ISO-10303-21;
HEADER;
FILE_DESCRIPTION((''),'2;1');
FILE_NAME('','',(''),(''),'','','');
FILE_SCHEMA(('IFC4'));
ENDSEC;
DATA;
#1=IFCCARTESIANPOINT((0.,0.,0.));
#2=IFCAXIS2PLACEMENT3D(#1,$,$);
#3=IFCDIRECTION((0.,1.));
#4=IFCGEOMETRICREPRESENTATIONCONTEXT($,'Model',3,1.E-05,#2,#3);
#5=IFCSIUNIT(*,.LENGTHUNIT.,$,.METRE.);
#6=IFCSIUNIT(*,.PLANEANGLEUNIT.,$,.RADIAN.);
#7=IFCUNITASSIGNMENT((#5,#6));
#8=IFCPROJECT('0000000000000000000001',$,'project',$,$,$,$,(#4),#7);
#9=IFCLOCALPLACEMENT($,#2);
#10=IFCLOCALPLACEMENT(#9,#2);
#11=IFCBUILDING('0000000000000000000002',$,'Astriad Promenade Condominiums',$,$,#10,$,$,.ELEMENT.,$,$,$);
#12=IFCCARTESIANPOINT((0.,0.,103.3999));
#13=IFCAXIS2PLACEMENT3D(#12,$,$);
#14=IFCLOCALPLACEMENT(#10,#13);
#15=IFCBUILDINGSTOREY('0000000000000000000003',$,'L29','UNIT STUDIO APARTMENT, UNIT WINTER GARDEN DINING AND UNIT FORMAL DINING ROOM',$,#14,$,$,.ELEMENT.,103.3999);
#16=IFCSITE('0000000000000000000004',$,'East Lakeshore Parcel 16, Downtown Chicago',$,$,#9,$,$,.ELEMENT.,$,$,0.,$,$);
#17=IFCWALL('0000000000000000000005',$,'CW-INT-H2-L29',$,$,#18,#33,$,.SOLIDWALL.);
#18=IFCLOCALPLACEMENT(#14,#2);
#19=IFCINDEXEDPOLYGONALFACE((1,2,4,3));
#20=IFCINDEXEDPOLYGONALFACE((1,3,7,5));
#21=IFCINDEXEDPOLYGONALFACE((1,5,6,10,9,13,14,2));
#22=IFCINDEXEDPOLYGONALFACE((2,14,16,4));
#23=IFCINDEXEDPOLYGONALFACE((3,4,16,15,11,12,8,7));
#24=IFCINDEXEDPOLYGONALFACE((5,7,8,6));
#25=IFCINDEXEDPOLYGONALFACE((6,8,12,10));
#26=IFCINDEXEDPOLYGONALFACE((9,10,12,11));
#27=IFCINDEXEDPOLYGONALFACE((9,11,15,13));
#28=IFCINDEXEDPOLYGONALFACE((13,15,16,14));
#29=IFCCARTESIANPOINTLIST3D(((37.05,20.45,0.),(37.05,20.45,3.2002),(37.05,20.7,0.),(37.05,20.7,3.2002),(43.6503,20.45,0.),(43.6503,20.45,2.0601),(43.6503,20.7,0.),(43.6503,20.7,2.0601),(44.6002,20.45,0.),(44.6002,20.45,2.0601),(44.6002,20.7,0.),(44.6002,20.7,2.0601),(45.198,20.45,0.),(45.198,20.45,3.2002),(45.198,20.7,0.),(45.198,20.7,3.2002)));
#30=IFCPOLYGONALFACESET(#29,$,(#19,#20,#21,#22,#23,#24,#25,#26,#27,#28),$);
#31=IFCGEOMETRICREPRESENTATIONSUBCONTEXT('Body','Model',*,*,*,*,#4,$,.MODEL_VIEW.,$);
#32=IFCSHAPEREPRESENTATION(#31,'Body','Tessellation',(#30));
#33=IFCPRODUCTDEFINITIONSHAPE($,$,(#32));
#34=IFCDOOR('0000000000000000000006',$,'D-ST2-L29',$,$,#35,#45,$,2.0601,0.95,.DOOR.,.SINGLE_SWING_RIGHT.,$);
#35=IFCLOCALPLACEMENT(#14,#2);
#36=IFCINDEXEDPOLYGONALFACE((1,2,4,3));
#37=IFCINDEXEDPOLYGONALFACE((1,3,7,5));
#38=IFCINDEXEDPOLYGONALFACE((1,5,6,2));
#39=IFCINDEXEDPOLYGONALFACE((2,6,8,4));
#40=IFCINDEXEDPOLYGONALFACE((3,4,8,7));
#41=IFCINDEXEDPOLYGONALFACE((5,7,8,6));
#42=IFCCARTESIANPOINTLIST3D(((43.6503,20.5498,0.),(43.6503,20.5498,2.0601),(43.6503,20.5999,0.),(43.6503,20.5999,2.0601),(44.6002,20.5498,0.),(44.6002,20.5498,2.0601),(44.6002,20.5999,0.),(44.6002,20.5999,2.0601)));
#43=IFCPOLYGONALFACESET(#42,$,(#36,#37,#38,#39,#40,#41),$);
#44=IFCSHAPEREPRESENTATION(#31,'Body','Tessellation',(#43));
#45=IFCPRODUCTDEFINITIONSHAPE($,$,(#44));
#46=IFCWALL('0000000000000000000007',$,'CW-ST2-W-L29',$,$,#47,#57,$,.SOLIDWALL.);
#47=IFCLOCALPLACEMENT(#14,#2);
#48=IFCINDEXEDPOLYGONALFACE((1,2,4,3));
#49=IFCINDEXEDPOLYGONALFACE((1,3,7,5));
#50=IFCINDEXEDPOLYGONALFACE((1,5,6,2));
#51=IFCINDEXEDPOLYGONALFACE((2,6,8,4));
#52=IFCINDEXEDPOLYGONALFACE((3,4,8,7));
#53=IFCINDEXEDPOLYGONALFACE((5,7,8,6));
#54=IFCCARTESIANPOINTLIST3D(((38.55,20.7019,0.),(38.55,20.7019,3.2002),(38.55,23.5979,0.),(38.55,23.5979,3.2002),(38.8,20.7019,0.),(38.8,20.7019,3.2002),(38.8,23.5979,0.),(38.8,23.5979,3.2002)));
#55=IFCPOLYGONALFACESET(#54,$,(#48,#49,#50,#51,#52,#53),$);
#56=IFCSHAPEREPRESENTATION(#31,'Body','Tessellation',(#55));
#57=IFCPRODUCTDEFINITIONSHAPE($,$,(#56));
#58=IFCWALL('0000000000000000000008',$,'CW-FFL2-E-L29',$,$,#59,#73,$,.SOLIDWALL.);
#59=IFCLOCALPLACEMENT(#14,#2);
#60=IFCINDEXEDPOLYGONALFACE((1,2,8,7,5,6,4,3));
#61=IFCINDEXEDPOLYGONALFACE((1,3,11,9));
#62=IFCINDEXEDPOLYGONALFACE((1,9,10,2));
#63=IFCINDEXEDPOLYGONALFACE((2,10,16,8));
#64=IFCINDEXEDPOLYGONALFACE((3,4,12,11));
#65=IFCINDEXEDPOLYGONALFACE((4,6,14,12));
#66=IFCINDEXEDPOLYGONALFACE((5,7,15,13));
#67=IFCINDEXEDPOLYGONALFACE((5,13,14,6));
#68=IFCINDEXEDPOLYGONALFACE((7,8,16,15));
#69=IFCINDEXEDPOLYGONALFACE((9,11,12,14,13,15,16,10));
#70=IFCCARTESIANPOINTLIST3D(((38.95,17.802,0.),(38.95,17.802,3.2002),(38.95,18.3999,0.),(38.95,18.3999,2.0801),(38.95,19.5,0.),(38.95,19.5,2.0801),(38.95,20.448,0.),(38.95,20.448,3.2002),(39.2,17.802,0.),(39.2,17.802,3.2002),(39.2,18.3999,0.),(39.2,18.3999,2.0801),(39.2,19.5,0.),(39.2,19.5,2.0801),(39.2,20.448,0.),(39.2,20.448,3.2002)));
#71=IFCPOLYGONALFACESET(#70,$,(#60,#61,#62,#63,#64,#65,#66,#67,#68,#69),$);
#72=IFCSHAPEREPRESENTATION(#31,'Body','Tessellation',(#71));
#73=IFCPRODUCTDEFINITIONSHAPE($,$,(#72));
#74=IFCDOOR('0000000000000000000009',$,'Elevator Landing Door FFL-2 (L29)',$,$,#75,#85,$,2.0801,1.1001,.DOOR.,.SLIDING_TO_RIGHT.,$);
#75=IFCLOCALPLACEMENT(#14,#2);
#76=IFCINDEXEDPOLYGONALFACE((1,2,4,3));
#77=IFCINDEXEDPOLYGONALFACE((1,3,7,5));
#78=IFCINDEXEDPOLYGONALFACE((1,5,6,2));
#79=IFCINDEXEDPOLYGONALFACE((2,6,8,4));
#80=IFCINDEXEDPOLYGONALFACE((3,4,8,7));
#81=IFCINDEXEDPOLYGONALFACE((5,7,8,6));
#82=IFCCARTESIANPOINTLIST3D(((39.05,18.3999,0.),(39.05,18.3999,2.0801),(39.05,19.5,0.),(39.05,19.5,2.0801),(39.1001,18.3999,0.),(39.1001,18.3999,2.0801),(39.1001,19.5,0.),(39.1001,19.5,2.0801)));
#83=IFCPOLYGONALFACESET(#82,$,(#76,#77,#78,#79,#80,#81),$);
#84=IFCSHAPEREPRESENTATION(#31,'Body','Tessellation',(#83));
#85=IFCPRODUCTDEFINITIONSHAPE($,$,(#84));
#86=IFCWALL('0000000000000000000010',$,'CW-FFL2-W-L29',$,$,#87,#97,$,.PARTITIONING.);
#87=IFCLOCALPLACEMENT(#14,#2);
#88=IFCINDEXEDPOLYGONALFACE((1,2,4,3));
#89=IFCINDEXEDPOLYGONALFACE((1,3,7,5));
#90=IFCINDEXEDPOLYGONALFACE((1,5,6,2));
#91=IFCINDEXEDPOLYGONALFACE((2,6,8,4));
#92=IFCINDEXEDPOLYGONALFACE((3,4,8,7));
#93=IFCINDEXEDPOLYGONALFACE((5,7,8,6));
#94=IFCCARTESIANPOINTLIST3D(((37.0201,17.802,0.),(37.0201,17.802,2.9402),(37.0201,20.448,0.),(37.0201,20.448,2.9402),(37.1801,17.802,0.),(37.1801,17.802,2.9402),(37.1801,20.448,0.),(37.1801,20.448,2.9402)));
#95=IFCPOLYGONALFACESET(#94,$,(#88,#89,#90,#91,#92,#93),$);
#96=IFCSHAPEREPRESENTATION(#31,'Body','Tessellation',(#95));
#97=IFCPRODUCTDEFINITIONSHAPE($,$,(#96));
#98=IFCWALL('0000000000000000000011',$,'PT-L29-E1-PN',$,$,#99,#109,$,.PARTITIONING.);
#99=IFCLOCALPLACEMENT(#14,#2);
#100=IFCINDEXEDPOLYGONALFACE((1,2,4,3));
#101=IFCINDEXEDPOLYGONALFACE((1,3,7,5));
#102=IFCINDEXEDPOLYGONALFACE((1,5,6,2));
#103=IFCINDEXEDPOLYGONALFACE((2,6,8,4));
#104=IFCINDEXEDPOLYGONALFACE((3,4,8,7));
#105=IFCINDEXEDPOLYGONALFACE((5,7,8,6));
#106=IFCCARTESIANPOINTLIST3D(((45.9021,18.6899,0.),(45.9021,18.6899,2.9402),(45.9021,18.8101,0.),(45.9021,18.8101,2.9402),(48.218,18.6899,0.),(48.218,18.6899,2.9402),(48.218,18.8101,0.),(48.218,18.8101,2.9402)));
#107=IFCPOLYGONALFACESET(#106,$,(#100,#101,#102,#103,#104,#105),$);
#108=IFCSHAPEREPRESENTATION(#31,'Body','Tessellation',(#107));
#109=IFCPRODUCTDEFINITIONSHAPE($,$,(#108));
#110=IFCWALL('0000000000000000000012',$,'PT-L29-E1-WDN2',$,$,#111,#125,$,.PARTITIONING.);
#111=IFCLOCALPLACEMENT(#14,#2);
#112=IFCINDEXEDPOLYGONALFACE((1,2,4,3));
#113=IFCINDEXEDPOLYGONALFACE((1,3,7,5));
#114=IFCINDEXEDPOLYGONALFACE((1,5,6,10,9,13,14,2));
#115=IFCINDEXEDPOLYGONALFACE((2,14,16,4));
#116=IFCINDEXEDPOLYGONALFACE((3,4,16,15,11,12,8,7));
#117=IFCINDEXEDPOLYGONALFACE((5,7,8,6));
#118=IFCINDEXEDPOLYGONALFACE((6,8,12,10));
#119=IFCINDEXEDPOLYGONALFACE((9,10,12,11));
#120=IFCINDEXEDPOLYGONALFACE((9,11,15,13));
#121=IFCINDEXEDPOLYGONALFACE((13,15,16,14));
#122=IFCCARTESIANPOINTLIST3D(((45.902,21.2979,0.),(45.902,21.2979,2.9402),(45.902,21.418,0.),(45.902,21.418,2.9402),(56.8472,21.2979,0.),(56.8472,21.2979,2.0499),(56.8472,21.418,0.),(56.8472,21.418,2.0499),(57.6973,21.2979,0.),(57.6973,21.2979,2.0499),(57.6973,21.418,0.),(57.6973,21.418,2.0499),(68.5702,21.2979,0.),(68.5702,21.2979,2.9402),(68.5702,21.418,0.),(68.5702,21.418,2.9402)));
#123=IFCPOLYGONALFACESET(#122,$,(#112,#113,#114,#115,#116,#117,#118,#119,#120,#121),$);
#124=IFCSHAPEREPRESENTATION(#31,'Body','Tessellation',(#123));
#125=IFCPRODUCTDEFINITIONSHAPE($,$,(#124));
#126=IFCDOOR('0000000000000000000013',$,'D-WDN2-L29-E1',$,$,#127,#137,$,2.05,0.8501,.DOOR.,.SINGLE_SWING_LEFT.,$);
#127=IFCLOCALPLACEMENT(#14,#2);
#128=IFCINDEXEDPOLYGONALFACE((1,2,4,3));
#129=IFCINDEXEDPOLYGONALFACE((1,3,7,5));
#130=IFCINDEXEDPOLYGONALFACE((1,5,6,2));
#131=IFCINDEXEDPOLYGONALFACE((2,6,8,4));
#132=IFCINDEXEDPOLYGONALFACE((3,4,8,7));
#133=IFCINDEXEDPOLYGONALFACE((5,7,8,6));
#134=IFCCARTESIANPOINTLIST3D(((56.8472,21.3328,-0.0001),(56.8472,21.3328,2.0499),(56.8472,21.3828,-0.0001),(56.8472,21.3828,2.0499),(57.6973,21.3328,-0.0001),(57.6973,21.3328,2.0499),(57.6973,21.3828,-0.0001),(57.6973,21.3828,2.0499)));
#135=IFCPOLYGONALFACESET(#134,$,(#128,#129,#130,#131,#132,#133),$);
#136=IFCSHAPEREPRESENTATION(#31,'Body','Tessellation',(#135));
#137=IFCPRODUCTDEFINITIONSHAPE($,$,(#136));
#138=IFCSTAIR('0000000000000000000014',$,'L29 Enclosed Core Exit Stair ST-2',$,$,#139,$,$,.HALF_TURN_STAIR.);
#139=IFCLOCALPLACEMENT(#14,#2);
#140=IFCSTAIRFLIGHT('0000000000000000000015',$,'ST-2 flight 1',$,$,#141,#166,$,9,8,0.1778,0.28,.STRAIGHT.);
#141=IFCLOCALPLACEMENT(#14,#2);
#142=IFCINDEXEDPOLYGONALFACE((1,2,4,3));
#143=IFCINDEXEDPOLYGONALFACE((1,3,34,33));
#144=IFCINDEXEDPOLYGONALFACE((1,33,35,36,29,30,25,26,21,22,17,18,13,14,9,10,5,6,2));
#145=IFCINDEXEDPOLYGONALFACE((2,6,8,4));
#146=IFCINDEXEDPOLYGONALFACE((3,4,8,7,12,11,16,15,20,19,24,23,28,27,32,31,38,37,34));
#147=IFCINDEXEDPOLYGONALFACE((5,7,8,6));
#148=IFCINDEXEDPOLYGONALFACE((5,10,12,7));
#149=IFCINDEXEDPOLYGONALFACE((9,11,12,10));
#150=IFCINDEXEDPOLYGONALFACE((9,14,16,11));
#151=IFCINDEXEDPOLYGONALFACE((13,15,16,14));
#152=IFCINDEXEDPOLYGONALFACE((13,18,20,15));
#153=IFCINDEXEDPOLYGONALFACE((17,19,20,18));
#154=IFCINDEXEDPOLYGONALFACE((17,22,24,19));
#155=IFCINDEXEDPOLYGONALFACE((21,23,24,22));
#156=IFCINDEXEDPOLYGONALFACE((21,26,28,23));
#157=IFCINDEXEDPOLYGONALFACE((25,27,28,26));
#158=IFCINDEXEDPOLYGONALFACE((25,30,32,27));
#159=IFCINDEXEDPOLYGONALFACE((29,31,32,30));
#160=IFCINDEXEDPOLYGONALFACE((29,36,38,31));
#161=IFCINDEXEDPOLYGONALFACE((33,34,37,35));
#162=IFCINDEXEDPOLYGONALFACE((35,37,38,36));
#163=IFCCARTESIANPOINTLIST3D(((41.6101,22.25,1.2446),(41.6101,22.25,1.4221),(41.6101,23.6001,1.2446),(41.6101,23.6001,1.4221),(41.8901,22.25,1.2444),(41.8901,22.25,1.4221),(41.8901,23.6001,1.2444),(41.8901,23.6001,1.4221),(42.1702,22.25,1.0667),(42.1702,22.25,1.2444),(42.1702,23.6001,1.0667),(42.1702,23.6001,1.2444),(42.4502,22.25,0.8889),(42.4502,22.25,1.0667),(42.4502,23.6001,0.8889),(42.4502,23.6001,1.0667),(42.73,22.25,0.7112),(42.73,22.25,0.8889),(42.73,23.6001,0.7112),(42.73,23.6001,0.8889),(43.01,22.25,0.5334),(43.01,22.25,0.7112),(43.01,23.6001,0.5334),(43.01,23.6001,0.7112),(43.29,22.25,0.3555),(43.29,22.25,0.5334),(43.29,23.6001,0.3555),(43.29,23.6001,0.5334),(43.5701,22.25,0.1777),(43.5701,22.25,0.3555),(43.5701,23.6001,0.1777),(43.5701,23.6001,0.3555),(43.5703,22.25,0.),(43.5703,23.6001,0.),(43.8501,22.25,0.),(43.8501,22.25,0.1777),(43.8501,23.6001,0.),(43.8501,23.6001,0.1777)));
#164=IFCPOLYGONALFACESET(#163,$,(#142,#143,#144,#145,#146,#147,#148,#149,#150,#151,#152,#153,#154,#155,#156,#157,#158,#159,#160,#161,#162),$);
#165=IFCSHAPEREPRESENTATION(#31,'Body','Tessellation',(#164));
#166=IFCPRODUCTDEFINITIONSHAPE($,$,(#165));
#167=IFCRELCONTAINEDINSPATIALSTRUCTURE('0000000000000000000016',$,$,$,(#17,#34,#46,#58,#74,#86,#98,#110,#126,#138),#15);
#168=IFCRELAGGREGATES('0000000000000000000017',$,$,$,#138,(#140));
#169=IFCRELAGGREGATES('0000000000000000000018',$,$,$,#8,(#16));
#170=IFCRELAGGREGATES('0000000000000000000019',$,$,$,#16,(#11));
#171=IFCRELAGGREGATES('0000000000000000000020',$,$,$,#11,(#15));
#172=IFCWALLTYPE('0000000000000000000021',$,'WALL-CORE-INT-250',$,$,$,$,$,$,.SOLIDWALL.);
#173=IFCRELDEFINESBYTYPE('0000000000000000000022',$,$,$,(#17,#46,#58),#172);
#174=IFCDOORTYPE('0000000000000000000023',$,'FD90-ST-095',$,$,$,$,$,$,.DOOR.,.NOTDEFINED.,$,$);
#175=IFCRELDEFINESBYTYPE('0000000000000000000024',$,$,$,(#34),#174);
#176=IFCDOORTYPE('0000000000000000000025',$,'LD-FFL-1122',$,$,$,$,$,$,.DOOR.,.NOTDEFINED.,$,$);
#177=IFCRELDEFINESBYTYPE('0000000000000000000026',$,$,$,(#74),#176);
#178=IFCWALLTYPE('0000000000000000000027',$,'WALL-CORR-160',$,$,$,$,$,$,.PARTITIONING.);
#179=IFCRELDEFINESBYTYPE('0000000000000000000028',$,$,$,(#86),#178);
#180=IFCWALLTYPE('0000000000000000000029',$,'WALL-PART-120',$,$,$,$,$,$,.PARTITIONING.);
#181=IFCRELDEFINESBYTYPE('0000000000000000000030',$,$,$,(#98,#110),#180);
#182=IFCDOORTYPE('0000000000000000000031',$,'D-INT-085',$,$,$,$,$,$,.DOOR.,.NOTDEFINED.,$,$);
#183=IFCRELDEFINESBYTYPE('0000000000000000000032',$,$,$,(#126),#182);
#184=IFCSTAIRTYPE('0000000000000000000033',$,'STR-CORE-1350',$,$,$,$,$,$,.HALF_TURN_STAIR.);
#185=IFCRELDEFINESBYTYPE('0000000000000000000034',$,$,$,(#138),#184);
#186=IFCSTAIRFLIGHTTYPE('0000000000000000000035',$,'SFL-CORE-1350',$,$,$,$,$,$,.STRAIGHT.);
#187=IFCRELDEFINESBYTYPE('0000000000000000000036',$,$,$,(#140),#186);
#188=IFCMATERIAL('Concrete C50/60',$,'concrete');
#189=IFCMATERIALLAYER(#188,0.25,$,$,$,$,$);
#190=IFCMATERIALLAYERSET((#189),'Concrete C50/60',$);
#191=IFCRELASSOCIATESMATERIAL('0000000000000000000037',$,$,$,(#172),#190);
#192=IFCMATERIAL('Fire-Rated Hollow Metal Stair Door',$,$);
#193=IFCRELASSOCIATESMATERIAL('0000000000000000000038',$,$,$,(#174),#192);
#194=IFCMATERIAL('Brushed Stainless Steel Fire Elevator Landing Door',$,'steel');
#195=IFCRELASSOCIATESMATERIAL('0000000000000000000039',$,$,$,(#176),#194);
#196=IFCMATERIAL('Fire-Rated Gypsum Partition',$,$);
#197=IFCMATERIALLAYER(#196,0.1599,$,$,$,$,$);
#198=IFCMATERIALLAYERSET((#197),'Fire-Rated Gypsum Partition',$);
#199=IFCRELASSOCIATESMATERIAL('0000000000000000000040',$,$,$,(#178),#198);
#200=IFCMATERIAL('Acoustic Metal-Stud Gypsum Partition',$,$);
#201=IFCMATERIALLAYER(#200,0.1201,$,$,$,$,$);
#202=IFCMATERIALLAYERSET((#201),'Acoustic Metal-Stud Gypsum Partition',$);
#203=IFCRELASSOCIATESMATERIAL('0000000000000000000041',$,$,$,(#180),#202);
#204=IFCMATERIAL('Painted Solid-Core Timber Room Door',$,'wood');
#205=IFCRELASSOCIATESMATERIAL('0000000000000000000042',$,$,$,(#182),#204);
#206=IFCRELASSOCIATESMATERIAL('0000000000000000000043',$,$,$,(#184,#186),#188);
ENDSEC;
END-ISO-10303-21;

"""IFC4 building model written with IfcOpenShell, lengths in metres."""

from ifc_helpers import new_model, si_unit, direction, frame, frame_2d, origin, place, context, subcontext, project, spatial, polyline, rectangle, outline, extrude, source, transform, mapped, material, layer, layer_set, type_object, type_shapes, element, fill, aggregate, save


model = new_model("IFC4")

# Units and contexts
model_context = context("Model", 3, precision=1e-05, world=origin(), true_north=direction((0.0, 1.0)))
body_context = subcontext(model_context, "Body", "Model", "MODEL_VIEW")
ifc_project = project(units=[si_unit("LENGTHUNIT", "METRE"), si_unit("PLANEANGLEUNIT", "RADIAN")], contexts=[model_context])

# Site, building, storey
site_placement = place(None, origin())
site = spatial("IfcSite", under=ifc_project, at=site_placement, Name="East Lakeshore Parcel 16, Downtown Chicago", CompositionType="ELEMENT", RefElevation=0.0)
building_placement = place(site_placement, origin())
building = spatial("IfcBuilding", under=site, at=building_placement, Name="Astriad Promenade Condominiums", CompositionType="ELEMENT")
storey_placement = place(building_placement, frame((0.0, 0.0, 103.3999)))
storey = spatial("IfcBuildingStorey", under=building, at=storey_placement, Name="L29", Description="UNIT STUDIO APARTMENT, UNIT WINTER GARDEN DINING AND UNIT FORMAL DINING ROOM", CompositionType="ELEMENT", Elevation=103.3999)

# Wall, opening, door
ifc_material_1 = material(Name="Concrete C50/60", Category="concrete")
ifc_layer_1 = layer(ifc_material_1, 0.25)
ifc_layer_set_1 = layer_set([ifc_layer_1], Name="Concrete C50/60")
wall_type_1 = type_object("IfcWallType", Name="WALL-CORE-INT-250", PredefinedType="SOLIDWALL", material=ifc_layer_set_1)
wall_1_placement = place(storey_placement, frame((37.05, 20.575, 0.0), z_axis=(0.0, 0.0, 1.0), x_axis=(1.0, 0.0, 0.0)))
wall_1 = element("IfcWall", 1, at=wall_1_placement, inside=storey, type_object=wall_type_1, Name="CW-INT-H2-L29", PredefinedType="SOLIDWALL", context=body_context, shape_type="SweptSolid", body=[
    extrude(rectangle(XDim=8.1479, YDim=0.25, at=frame_2d((4.074, 0.0))), origin(), (0.0, 0.0, 1.0), 3.2002),
])
opening_1_placement = place(wall_1_placement, frame((6.6001, 0.0, 0.0)))
opening_1 = element("IfcOpeningElement", 2, at=opening_1_placement, cuts=wall_1, PredefinedType="OPENING", context=body_context, shape_type="SweptSolid", body=[
    extrude(rectangle(XDim=0.95, YDim=2.0601, at=frame_2d((0.4751, 1.03))), frame((0.0, 0.135, 0.0), z_axis=(0.0, -1.0, 0.0), x_axis=(1.0, 0.0, 0.0)), (0.0, 0.0, 1.0), 0.27),
])
ifc_material_2 = material(Name="Fire-Rated Hollow Metal Stair Door")
door_type_1 = type_object("IfcDoorType", Name="FD90-ST-095", OperationType="NOTDEFINED", PredefinedType="DOOR", material=ifc_material_2)
shared_shape_1 = source(origin(), body_context, "Body", "SweptSolid", [
    extrude(rectangle(XDim=0.95, YDim=2.0601, at=frame_2d((0.4751, 1.03))), frame((0.0, 0.0249, 0.0), z_axis=(0.0, -1.0, 0.0), x_axis=(1.0, 0.0, 0.0)), (0.0, 0.0, 1.0), 0.05),
])
type_shapes(door_type_1, [shared_shape_1])
door_1_placement = place(opening_1_placement, origin())
door_1 = element("IfcDoor", 3, at=door_1_placement, inside=storey, type_object=door_type_1, Name="D-ST2-L29", OperationType="SINGLE_SWING_RIGHT", OverallHeight=2.0601, OverallWidth=0.95, PredefinedType="DOOR", context=body_context, shape_type="MappedRepresentation", body=[
    mapped(shared_shape_1, transform((0.0, 0.0, 0.0), scale=1.0)),
])
fill(opening_1, door_1)

# Wall
wall_2_placement = place(storey_placement, frame((38.675, 20.7019, 0.0), z_axis=(0.0, 0.0, 1.0), x_axis=(0.0, 1.0, 0.0)))
element("IfcWall", 4, at=wall_2_placement, inside=storey, type_object=wall_type_1, Name="CW-ST2-W-L29", PredefinedType="SOLIDWALL", context=body_context, shape_type="SweptSolid", body=[
    extrude(rectangle(XDim=2.896, YDim=0.25, at=frame_2d((1.448, 0.0))), origin(), (0.0, 0.0, 1.0), 3.2002),
])

# Wall, opening, door
wall_3_placement = place(storey_placement, frame((39.075, 17.802, 0.0), z_axis=(0.0, 0.0, 1.0), x_axis=(0.0, 1.0, 0.0)))
wall_3 = element("IfcWall", 5, at=wall_3_placement, inside=storey, type_object=wall_type_1, Name="CW-FFL2-E-L29", PredefinedType="SOLIDWALL", context=body_context, shape_type="SweptSolid", body=[
    extrude(rectangle(XDim=2.646, YDim=0.25, at=frame_2d((1.323, 0.0))), origin(), (0.0, 0.0, 1.0), 3.2002),
])
opening_2_placement = place(wall_3_placement, frame((0.5979, 0.0, 0.0)))
opening_2 = element("IfcOpeningElement", 6, at=opening_2_placement, cuts=wall_3, PredefinedType="OPENING", context=body_context, shape_type="SweptSolid", body=[
    extrude(rectangle(XDim=1.1001, YDim=2.0801, at=frame_2d((0.55, 1.04))), frame((0.0, 0.135, 0.0), z_axis=(0.0, -1.0, 0.0), x_axis=(1.0, 0.0, 0.0)), (0.0, 0.0, 1.0), 0.27),
])
ifc_material_3 = material(Name="Brushed Stainless Steel Fire Elevator Landing Door", Category="steel")
door_type_2 = type_object("IfcDoorType", Name="LD-FFL-1122", OperationType="NOTDEFINED", PredefinedType="DOOR", material=ifc_material_3)
shared_shape_2 = source(origin(), body_context, "Body", "SweptSolid", [
    extrude(rectangle(XDim=1.1001, YDim=2.0801, at=frame_2d((0.55, 1.04))), frame((0.0, 0.0249, 0.0), z_axis=(0.0, -1.0, 0.0), x_axis=(1.0, 0.0, 0.0)), (0.0, 0.0, 1.0), 0.05),
])
type_shapes(door_type_2, [shared_shape_2])
door_2_placement = place(opening_2_placement, origin())
door_2 = element("IfcDoor", 7, at=door_2_placement, inside=storey, type_object=door_type_2, Name="Elevator Landing Door FFL-2 (L29)", OperationType="SLIDING_TO_RIGHT", OverallHeight=2.0801, OverallWidth=1.1001, PredefinedType="DOOR", context=body_context, shape_type="MappedRepresentation", body=[
    mapped(shared_shape_2, transform((0.0, 0.0, 0.0), scale=1.0)),
])
fill(opening_2, door_2)

# Walls
ifc_material_4 = material(Name="Fire-Rated Gypsum Partition")
ifc_layer_2 = layer(ifc_material_4, 0.1599)
ifc_layer_set_2 = layer_set([ifc_layer_2], Name="Fire-Rated Gypsum Partition")
wall_type_2 = type_object("IfcWallType", Name="WALL-CORR-160", PredefinedType="PARTITIONING", material=ifc_layer_set_2)
wall_4_placement = place(storey_placement, frame((37.1001, 17.802, 0.0), z_axis=(0.0, 0.0, 1.0), x_axis=(0.0, 1.0, 0.0)))
element("IfcWall", 8, at=wall_4_placement, inside=storey, type_object=wall_type_2, Name="CW-FFL2-W-L29", PredefinedType="PARTITIONING", context=body_context, shape_type="SweptSolid", body=[
    extrude(rectangle(XDim=2.646, YDim=0.1599, at=frame_2d((1.323, 0.0))), origin(), (0.0, 0.0, 1.0), 2.9402),
])
ifc_material_5 = material(Name="Acoustic Metal-Stud Gypsum Partition")
ifc_layer_3 = layer(ifc_material_5, 0.1201)
ifc_layer_set_3 = layer_set([ifc_layer_3], Name="Acoustic Metal-Stud Gypsum Partition")
wall_type_3 = type_object("IfcWallType", Name="WALL-PART-120", PredefinedType="PARTITIONING", material=ifc_layer_set_3)
wall_5_placement = place(storey_placement, frame((45.9021, 18.75, 0.0), z_axis=(0.0, 0.0, 1.0), x_axis=(1.0, 0.0, 0.0)))
element("IfcWall", 9, at=wall_5_placement, inside=storey, type_object=wall_type_3, Name="PT-L29-E1-PN", PredefinedType="PARTITIONING", context=body_context, shape_type="SweptSolid", body=[
    extrude(rectangle(XDim=2.3159, YDim=0.1201, at=frame_2d((1.158, 0.0))), origin(), (0.0, 0.0, 1.0), 2.9402),
])

# Wall, opening, door
wall_6_placement = place(storey_placement, frame((45.9021, 21.3579, 0.0), z_axis=(0.0, 0.0, 1.0), x_axis=(1.0, 0.0, 0.0)))
wall_6 = element("IfcWall", 10, at=wall_6_placement, inside=storey, type_object=wall_type_3, Name="PT-L29-E1-WDN2", PredefinedType="PARTITIONING", context=body_context, shape_type="SweptSolid", body=[
    extrude(rectangle(XDim=22.6682, YDim=0.1201, at=frame_2d((11.334, 0.0))), origin(), (0.0, 0.0, 1.0), 2.9402),
])
opening_3_placement = place(wall_6_placement, frame((10.9451, 0.0, 0.0)))
opening_3 = element("IfcOpeningElement", 11, at=opening_3_placement, cuts=wall_6, PredefinedType="OPENING", context=body_context, shape_type="SweptSolid", body=[
    extrude(rectangle(XDim=0.8501, YDim=2.05, at=frame_2d((0.425, 1.0249))), frame((0.0, 0.0701, 0.0), z_axis=(0.0, -1.0, 0.0), x_axis=(1.0, 0.0, 0.0)), (0.0, 0.0, 1.0), 0.1401),
])
ifc_material_6 = material(Name="Painted Solid-Core Timber Room Door", Category="wood")
door_type_3 = type_object("IfcDoorType", Name="D-INT-085", OperationType="NOTDEFINED", PredefinedType="DOOR", material=ifc_material_6)
shared_shape_3 = source(origin(), body_context, "Body", "SweptSolid", [
    extrude(rectangle(XDim=0.8501, YDim=2.05, at=frame_2d((0.425, 1.0249))), frame((0.0, 0.0249, 0.0), z_axis=(0.0, -1.0, 0.0), x_axis=(1.0, 0.0, 0.0)), (0.0, 0.0, 1.0), 0.05),
])
type_shapes(door_type_3, [shared_shape_3])
door_3_placement = place(opening_3_placement, origin())
door_3 = element("IfcDoor", 12, at=door_3_placement, inside=storey, type_object=door_type_3, Name="D-WDN2-L29-E1", OperationType="SINGLE_SWING_LEFT", OverallHeight=2.05, OverallWidth=0.8501, PredefinedType="DOOR", context=body_context, shape_type="MappedRepresentation", body=[
    mapped(shared_shape_3, transform((0.0, 0.0, 0.0), scale=1.0)),
])
fill(opening_3, door_3)

# Stair, stair flight
stair_type = type_object("IfcStairType", Name="STR-CORE-1350", PredefinedType="HALF_TURN_STAIR", material=ifc_material_1)
stair_placement = place(storey_placement, origin())
stair = element("IfcStair", 13, at=stair_placement, inside=storey, type_object=stair_type, Name="L29 Enclosed Core Exit Stair ST-2", PredefinedType="HALF_TURN_STAIR")
stair_flight_type = type_object("IfcStairFlightType", Name="SFL-CORE-1350", PredefinedType="STRAIGHT", material=ifc_material_1)
shared_shape_4 = source(origin(), body_context, "Body", "SweptSolid", [
    extrude(outline(polyline([(0.0, 0.0), (0.0, 0.1777), (0.28, 0.1777), (0.28, 0.3555), (0.5601, 0.3555), (0.5601, 0.5334), (0.8401, 0.5334), (0.8401, 0.7112), (1.1201, 0.7112), (1.1201, 0.8889), (1.3999, 0.8889), (1.3999, 1.0667), (1.6799, 1.0667), (1.6799, 1.2444), (1.96, 1.2444), (1.96, 1.4221), (2.24, 1.4221), (2.24, 1.6001), (2.24, 1.2446), (0.2798, 0.0), (0.0, 0.0)])), frame((0.0, 0.675, 0.0), z_axis=(0.0, -1.0, 0.0), x_axis=(1.0, 0.0, 0.0)), (0.0, 0.0, 1.0), 1.3501),
])
type_shapes(stair_flight_type, [shared_shape_4])
stair_flight_1_placement = place(storey_placement, frame((43.8501, 22.925, 0.0), z_axis=(0.0, 0.0, 1.0), x_axis=(-1.0, 0.0, 0.0)))
stair_flight_1 = element("IfcStairFlight", 14, at=stair_flight_1_placement, type_object=stair_flight_type, Name="ST-2 flight 1", NumberOfRisers=9, NumberOfTreads=8, PredefinedType="STRAIGHT", RiserHeight=0.1778, TreadLength=0.28, context=body_context, shape_type="MappedRepresentation", body=[
    mapped(shared_shape_4, transform((0.0, 0.0, 0.0), scale=1.0)),
])
aggregate(stair, [stair_flight_1])

save(model, "model.ifc")
